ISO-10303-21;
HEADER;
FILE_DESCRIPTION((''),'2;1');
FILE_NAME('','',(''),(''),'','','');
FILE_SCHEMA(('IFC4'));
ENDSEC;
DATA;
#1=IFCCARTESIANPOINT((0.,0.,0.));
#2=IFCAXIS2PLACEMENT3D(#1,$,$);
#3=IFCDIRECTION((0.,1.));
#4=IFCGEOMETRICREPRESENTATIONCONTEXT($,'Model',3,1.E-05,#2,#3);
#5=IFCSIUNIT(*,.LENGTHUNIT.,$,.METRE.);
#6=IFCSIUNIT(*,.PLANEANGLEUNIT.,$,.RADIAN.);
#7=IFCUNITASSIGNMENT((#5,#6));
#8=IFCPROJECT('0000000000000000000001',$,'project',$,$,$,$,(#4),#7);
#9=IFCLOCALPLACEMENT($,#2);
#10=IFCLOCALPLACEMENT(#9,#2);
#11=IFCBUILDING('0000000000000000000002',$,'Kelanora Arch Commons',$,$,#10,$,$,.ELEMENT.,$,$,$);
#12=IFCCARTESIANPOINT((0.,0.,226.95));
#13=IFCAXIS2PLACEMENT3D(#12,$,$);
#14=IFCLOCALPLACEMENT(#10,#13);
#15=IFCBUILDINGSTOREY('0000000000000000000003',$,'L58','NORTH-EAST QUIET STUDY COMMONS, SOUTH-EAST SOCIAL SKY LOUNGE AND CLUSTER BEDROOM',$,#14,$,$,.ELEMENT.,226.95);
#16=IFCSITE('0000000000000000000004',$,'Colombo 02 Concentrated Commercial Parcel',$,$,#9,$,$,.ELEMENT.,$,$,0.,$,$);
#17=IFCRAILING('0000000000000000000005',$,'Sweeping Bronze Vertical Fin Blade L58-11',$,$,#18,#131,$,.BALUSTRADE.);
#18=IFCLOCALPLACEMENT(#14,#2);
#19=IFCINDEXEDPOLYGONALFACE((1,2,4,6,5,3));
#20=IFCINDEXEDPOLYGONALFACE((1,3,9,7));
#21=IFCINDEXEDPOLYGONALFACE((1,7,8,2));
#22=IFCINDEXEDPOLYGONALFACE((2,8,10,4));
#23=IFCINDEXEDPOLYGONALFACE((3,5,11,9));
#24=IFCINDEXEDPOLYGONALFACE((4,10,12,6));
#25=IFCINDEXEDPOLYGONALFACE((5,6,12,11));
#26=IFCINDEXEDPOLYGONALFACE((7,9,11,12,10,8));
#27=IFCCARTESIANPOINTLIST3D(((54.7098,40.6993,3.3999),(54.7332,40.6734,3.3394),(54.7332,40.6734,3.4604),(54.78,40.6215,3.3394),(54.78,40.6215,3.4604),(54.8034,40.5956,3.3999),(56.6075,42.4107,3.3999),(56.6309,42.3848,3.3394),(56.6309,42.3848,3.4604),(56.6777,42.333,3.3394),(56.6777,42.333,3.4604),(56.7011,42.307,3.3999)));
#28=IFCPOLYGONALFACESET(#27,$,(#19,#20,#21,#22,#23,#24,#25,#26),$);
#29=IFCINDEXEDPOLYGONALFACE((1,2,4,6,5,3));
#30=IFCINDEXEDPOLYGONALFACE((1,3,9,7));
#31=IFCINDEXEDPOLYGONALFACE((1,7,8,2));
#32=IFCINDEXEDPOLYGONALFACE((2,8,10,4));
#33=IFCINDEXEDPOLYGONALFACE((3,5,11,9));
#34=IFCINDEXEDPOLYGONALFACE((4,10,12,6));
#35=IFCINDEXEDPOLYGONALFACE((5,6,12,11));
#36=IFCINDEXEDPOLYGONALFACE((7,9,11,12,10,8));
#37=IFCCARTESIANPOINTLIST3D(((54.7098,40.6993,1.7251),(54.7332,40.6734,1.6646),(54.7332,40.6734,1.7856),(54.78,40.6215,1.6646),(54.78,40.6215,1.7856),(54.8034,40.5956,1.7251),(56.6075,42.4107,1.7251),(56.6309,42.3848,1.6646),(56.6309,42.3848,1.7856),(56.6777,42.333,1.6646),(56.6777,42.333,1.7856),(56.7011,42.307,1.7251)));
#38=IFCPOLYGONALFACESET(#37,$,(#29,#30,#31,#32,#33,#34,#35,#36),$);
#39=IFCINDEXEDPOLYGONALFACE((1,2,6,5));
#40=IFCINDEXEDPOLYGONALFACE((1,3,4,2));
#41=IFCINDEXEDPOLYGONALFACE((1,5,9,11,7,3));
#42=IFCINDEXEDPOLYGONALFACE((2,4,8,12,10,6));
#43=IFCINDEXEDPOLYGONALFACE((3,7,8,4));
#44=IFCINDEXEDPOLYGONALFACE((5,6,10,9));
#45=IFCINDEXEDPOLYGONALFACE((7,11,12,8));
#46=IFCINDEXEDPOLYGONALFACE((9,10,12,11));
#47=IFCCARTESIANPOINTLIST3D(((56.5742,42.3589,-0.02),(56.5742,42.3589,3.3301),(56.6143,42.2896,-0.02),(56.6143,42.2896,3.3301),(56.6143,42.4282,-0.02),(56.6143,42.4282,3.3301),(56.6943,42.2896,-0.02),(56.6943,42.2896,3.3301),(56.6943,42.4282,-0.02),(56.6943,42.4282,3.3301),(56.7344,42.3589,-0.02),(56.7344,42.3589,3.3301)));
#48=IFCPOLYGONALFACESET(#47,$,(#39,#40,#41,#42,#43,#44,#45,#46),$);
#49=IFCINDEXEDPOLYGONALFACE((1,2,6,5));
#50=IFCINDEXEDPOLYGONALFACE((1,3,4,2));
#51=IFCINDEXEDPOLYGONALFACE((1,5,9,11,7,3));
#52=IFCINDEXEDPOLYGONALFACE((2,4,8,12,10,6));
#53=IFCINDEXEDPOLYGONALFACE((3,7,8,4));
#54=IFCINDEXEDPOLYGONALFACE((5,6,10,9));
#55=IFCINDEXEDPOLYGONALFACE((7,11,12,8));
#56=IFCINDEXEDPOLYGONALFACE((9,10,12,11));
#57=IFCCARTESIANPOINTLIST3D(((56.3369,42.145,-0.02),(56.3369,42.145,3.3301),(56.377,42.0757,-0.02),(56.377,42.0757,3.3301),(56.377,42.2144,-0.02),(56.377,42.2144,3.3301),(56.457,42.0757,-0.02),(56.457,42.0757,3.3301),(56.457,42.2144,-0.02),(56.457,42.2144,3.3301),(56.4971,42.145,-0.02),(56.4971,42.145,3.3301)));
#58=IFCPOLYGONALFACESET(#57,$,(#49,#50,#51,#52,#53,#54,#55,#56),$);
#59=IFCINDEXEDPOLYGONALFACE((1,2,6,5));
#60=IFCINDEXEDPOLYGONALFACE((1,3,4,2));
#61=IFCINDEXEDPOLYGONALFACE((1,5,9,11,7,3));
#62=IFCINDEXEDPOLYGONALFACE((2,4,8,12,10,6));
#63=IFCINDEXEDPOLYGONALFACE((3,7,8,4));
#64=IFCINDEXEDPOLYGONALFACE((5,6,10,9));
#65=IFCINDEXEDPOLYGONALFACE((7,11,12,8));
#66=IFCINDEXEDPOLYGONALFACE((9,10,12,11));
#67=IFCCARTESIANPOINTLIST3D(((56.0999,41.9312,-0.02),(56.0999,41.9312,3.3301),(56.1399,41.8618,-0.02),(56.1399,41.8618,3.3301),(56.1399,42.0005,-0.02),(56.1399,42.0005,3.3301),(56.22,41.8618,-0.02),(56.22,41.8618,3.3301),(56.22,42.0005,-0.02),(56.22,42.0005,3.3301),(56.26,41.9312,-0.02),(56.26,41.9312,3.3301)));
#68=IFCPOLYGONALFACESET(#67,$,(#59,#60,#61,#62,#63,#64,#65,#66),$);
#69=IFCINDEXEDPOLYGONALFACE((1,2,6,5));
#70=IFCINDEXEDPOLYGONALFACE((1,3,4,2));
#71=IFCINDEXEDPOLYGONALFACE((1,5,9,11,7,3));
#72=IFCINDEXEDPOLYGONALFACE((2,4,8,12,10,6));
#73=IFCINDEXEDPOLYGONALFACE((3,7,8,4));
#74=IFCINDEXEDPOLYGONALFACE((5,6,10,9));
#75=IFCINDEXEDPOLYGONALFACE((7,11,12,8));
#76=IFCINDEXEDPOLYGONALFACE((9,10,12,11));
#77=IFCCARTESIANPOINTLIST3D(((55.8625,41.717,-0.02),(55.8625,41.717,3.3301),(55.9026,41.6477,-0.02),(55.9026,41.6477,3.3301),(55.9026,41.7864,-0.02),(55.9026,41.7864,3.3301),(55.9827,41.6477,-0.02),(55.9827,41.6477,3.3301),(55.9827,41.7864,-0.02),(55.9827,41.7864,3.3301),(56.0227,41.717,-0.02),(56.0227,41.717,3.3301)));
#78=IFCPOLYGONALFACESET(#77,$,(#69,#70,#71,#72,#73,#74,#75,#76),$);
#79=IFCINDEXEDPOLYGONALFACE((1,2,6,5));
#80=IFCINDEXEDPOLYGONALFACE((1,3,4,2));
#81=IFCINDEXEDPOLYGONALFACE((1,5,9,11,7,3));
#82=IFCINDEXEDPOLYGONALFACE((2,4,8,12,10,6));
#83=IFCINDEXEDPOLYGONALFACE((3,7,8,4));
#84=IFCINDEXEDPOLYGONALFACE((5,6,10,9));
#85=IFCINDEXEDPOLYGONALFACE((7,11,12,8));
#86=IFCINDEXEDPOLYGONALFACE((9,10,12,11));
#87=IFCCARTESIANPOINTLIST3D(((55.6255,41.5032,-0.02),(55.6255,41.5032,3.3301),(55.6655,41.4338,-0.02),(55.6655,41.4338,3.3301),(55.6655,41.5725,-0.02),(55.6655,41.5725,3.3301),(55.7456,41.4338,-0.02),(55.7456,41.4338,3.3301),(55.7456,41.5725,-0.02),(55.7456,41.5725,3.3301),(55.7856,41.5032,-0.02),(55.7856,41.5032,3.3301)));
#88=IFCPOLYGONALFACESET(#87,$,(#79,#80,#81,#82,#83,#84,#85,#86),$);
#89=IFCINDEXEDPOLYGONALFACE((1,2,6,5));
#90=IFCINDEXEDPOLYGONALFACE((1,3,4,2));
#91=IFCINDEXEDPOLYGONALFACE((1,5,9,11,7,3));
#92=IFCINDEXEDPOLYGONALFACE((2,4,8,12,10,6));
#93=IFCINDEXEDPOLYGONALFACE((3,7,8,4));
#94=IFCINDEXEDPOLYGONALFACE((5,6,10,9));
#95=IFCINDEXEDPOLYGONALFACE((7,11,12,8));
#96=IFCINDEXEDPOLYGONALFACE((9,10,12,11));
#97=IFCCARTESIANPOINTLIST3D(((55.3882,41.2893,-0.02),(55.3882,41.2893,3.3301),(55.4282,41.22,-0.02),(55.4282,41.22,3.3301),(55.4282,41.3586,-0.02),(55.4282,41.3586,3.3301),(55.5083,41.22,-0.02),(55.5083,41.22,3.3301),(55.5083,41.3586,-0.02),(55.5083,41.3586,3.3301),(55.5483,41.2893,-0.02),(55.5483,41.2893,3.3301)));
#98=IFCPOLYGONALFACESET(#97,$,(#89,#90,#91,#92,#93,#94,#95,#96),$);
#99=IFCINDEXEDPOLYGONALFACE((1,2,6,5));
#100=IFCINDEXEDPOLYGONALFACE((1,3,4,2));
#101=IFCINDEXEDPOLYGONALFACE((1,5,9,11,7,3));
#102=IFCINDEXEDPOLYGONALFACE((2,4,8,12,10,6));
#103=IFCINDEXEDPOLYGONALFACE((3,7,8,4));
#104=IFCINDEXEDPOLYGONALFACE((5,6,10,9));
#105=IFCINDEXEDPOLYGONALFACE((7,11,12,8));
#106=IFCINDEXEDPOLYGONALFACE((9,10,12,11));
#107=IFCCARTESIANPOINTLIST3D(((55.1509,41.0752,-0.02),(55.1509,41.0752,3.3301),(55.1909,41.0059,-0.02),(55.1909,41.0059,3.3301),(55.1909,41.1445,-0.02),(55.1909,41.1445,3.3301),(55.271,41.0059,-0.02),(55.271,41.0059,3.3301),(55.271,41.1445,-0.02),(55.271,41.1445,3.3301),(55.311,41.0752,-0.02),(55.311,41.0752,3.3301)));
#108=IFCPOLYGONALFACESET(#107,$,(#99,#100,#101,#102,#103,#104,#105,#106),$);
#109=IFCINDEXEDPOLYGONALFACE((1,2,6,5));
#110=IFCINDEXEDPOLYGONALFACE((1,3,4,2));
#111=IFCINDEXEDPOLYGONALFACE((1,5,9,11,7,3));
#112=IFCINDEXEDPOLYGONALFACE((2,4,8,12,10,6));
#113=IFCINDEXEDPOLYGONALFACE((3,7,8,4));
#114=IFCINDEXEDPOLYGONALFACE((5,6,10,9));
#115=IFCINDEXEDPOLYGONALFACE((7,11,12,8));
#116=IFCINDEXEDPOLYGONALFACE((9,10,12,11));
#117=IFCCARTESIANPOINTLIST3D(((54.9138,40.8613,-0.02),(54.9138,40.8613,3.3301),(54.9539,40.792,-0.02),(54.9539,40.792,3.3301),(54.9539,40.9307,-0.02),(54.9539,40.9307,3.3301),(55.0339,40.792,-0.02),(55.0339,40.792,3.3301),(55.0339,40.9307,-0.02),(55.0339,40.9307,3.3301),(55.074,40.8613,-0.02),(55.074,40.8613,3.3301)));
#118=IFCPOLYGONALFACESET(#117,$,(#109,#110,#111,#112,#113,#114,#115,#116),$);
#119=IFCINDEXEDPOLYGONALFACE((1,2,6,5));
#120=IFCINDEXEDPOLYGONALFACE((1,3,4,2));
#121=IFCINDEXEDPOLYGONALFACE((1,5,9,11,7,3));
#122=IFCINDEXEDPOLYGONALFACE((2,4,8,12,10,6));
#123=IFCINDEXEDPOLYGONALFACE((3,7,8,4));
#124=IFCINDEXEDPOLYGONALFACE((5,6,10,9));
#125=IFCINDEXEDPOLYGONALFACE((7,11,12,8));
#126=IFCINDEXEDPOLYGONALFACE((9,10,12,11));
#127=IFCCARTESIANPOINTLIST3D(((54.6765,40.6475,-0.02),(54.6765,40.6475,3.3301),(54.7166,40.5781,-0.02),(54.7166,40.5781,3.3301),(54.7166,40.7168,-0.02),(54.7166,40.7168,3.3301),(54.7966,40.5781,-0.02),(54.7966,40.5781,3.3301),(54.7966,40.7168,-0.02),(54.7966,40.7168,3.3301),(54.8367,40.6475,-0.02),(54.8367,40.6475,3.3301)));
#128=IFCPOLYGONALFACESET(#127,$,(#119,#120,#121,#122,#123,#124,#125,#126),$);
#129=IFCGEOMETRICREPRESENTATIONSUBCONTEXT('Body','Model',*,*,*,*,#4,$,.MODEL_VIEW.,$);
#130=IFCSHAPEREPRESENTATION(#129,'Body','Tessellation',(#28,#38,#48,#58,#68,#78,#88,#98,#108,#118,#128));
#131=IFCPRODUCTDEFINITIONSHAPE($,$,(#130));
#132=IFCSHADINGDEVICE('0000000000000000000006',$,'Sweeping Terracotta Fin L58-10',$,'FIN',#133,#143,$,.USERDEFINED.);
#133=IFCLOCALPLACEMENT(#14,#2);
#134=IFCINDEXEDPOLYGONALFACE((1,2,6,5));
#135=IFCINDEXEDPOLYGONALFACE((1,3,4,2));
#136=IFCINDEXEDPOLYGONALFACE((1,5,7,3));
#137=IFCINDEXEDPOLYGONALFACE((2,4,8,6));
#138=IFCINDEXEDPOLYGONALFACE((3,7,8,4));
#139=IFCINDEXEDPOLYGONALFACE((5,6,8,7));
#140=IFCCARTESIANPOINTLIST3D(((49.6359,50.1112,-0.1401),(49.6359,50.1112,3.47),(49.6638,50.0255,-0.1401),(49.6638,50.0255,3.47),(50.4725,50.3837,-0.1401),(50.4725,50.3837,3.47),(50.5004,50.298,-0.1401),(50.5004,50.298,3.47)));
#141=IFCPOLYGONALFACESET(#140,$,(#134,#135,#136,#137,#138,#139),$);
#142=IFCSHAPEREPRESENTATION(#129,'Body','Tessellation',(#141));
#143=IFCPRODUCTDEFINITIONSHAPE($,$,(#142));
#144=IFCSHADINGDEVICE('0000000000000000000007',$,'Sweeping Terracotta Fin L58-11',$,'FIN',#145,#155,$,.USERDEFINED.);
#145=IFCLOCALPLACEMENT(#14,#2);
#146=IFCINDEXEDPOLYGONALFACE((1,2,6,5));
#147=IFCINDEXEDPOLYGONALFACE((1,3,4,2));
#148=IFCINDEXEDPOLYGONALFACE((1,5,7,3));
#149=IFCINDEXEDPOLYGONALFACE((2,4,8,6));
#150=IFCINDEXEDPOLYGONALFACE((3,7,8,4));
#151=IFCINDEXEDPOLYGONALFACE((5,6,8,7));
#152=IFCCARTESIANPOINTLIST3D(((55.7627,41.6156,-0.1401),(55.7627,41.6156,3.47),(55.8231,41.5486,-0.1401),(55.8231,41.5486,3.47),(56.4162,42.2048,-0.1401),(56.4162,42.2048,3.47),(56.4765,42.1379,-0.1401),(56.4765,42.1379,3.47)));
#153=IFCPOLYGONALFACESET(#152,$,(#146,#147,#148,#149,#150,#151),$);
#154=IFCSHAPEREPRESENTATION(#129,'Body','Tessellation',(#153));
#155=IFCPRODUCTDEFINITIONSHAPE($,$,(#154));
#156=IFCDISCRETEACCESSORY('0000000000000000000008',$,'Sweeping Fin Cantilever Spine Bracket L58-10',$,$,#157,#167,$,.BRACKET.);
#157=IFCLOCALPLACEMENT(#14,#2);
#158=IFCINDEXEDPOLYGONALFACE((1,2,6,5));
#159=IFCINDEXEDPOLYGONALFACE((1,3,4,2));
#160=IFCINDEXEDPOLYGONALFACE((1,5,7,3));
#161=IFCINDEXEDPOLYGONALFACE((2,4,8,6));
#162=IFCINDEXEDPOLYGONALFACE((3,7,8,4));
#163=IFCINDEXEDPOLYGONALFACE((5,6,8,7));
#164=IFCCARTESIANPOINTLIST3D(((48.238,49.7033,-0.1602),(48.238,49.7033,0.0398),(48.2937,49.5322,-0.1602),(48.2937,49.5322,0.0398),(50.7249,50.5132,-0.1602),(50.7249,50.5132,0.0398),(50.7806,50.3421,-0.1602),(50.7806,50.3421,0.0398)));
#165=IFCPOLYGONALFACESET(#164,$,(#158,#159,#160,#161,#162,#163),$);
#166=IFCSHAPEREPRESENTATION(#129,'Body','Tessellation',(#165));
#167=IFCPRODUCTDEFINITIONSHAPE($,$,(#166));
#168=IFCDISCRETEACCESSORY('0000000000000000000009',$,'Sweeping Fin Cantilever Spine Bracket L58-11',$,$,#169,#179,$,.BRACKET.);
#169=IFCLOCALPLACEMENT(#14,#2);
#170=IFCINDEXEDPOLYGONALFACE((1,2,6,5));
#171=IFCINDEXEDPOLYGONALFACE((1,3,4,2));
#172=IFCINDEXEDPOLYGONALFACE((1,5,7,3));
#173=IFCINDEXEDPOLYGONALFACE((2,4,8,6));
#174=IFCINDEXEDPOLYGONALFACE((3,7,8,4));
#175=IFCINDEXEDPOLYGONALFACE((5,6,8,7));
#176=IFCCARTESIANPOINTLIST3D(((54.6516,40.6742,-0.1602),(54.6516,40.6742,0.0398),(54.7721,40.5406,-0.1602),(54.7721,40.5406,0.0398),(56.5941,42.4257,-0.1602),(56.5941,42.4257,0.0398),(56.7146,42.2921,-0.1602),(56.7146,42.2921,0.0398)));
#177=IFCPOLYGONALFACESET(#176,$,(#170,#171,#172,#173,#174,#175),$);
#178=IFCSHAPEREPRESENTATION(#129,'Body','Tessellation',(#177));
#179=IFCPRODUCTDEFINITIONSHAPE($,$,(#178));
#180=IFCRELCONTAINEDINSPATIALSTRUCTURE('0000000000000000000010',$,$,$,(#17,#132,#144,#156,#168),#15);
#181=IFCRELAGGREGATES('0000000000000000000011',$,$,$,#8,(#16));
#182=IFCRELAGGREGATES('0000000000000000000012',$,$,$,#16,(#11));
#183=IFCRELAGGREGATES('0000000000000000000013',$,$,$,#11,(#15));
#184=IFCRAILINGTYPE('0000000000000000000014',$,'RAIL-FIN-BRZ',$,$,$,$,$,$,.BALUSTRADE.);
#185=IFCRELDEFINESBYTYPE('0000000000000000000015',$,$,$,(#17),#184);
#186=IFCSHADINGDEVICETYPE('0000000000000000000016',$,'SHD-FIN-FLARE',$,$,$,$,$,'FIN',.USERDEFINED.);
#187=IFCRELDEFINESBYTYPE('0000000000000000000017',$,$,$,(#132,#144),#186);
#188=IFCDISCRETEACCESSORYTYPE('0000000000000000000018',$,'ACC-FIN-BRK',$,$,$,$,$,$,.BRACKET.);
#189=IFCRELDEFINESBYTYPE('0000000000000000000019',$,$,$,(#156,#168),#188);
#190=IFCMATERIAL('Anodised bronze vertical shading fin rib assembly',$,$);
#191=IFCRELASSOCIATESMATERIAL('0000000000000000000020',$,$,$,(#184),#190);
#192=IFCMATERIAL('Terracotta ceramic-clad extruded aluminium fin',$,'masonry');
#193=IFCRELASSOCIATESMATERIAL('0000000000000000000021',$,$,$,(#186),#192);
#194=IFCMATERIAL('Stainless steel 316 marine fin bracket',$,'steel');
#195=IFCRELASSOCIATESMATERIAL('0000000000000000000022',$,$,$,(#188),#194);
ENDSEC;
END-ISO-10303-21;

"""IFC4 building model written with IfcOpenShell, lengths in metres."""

from ifc_helpers import new_model, si_unit, direction, frame, origin, origin_2d, place, context, subcontext, project, spatial, polyline, rectangle, outline, extrude, source, transform, mapped, material, type_object, element, save


model = new_model("IFC4")

# Units and contexts
model_context = context("Model", 3, precision=1e-05, world=origin(), true_north=direction((0.0, 1.0)))
body_context = subcontext(model_context, "Body", "Model", "MODEL_VIEW")
ifc_project = project(units=[si_unit("LENGTHUNIT", "METRE"), si_unit("PLANEANGLEUNIT", "RADIAN")], contexts=[model_context])

# Site, building, storey
site_placement = place(None, origin())
site = spatial("IfcSite", under=ifc_project, at=site_placement, Name="Colombo 02 Concentrated Commercial Parcel", CompositionType="ELEMENT", RefElevation=0.0)
building_placement = place(site_placement, origin())
building = spatial("IfcBuilding", under=site, at=building_placement, Name="Kelanora Arch Commons", CompositionType="ELEMENT")
storey_placement = place(building_placement, frame((0.0, 0.0, 226.95)))
storey = spatial("IfcBuildingStorey", under=building, at=storey_placement, Name="L58", Description="NORTH-EAST QUIET STUDY COMMONS, SOUTH-EAST SOCIAL SKY LOUNGE AND CLUSTER BEDROOM", CompositionType="ELEMENT", Elevation=226.95)

# Railing
ifc_material_1 = material(Name="Anodised bronze vertical shading fin rib assembly")
railing_type = type_object("IfcRailingType", Name="RAIL-FIN-BRZ", PredefinedType="BALUSTRADE", material=ifc_material_1)
railing_1_placement = place(storey_placement, frame((56.6543, 42.3589, -0.02)))
element("IfcRailing", 1, at=railing_1_placement, inside=storey, type_object=railing_type, Name="Sweeping Bronze Vertical Fin Blade L58-11", PredefinedType="BALUSTRADE", context=body_context, shape_type="SweptSolid", body=[
    extrude(outline(polyline([(0.0698, 0.0), (0.0349, 0.0605), (-0.0349, 0.0605), (-0.0698, 0.0), (-0.0349, -0.0605), (0.0349, -0.0605), (0.0698, 0.0)])), frame((0.0, 0.0, 3.4199), z_axis=(-0.742614, -0.669719, 0.0), x_axis=(0.669719, -0.742614, 0.0)), (0.0, 0.0, 1.0), 2.5554),
    extrude(outline(polyline([(0.0698, 0.0), (0.0349, 0.0605), (-0.0349, 0.0605), (-0.0698, 0.0), (-0.0349, -0.0605), (0.0349, -0.0605), (0.0698, 0.0)])), frame((0.0, 0.0, 1.7451), z_axis=(-0.742614, -0.669719, 0.0), x_axis=(0.669719, -0.742614, 0.0)), (0.0, 0.0, 1.0), 2.5554),
    extrude(outline(polyline([(0.0801, 0.0), (0.04, 0.0693), (-0.04, 0.0693), (-0.0801, 0.0), (-0.04, -0.0693), (0.04, -0.0693), (0.0801, 0.0)])), origin(), (0.0, 0.0, 1.0), 3.3501),
    extrude(outline(polyline([(0.0801, 0.0), (0.04, 0.0693), (-0.04, 0.0693), (-0.0801, 0.0), (-0.04, -0.0693), (0.04, -0.0693), (0.0801, 0.0)])), frame((-0.2373, -0.2139, 0.0)), (0.0, 0.0, 1.0), 3.3501),
    extrude(outline(polyline([(0.0801, 0.0), (0.04, 0.0693), (-0.04, 0.0693), (-0.0801, 0.0), (-0.04, -0.0693), (0.04, -0.0693), (0.0801, 0.0)])), frame((-0.4744, -0.4277, 0.0)), (0.0, 0.0, 1.0), 3.3501),
    extrude(outline(polyline([(0.0801, 0.0), (0.04, 0.0693), (-0.04, 0.0693), (-0.0801, 0.0), (-0.04, -0.0693), (0.04, -0.0693), (0.0801, 0.0)])), frame((-0.7117, -0.6418, 0.0)), (0.0, 0.0, 1.0), 3.3501),
    extrude(outline(polyline([(0.0801, 0.0), (0.04, 0.0693), (-0.04, 0.0693), (-0.0801, 0.0), (-0.04, -0.0693), (0.04, -0.0693), (0.0801, 0.0)])), frame((-0.9487, -0.8557, 0.0)), (0.0, 0.0, 1.0), 3.3501),
    extrude(outline(polyline([(0.0801, 0.0), (0.04, 0.0693), (-0.04, 0.0693), (-0.0801, 0.0), (-0.04, -0.0693), (0.04, -0.0693), (0.0801, 0.0)])), frame((-1.186, -1.0696, 0.0)), (0.0, 0.0, 1.0), 3.3501),
    extrude(outline(polyline([(0.0801, 0.0), (0.04, 0.0693), (-0.04, 0.0693), (-0.0801, 0.0), (-0.04, -0.0693), (0.04, -0.0693), (0.0801, 0.0)])), frame((-1.4233, -1.2837, 0.0)), (0.0, 0.0, 1.0), 3.3501),
    extrude(outline(polyline([(0.0801, 0.0), (0.04, 0.0693), (-0.04, 0.0693), (-0.0801, 0.0), (-0.04, -0.0693), (0.04, -0.0693), (0.0801, 0.0)])), frame((-1.6604, -1.4976, 0.0)), (0.0, 0.0, 1.0), 3.3501),
    extrude(outline(polyline([(0.0801, 0.0), (0.04, 0.0693), (-0.04, 0.0693), (-0.0801, 0.0), (-0.04, -0.0693), (0.04, -0.0693), (0.0801, 0.0)])), frame((-1.8977, -1.7114, 0.0)), (0.0, 0.0, 1.0), 3.3501),
])

# Shading devices
ifc_material_2 = material(Name="Terracotta ceramic-clad extruded aluminium fin", Category="masonry")
shading_device_type = type_object("IfcShadingDeviceType", Name="SHD-FIN-FLARE", ElementType="FIN", PredefinedType="USERDEFINED", material=ifc_material_2)
shared_shape_1 = source(origin(), body_context, "Body", "SweptSolid", [
    extrude(rectangle(XDim=0.8799, YDim=0.0901, at=origin_2d()), origin(), (0.0, 0.0, 1.0), 3.6101),
])
for number, where, z_axis, x_axis, name in (
    (2, (50.0681, 50.2046, -0.1401), (0.0, 0.0, 1.0), (-0.950841, -0.309681, 0.0), "Sweeping Terracotta Fin L58-10"),
    (3, (56.1196, 41.8767, -0.1401), (0.0, 0.0, 1.0), (-0.742678, -0.669649, 0.0), "Sweeping Terracotta Fin L58-11"),
):
    element("IfcShadingDevice", number, at=place(storey_placement, frame(where, z_axis=z_axis, x_axis=x_axis)), inside=storey, type_object=shading_device_type, Name=name, ObjectType="FIN", PredefinedType="USERDEFINED", context=body_context, shape_type="MappedRepresentation", body=[
        mapped(shared_shape_1, transform((0.0, 0.0, 0.0), scale=1.0)),
    ])

# Discrete accessories
ifc_material_3 = material(Name="Stainless steel 316 marine fin bracket", Category="steel")
discrete_accessory_type = type_object("IfcDiscreteAccessoryType", Name="ACC-FIN-BRK", PredefinedType="BRACKET", material=ifc_material_3)
shared_shape_2 = source(origin(), body_context, "Body", "SweptSolid", [
    extrude(rectangle(XDim=2.6155, YDim=0.1799, at=origin_2d()), origin(), (0.0, 0.0, 1.0), 0.2),
])
for number, where, z_axis, x_axis, name in (
    (4, (49.5093, 50.0227, -0.1602), (0.0, 0.0, 1.0), (-0.950841, -0.309681, 0.0), "Sweeping Fin Cantilever Spine Bracket L58-10"),
    (5, (55.6831, 41.4832, -0.1602), (0.0, 0.0, 1.0), (-0.742678, -0.669649, 0.0), "Sweeping Fin Cantilever Spine Bracket L58-11"),
):
    element("IfcDiscreteAccessory", number, at=place(storey_placement, frame(where, z_axis=z_axis, x_axis=x_axis)), inside=storey, type_object=discrete_accessory_type, Name=name, PredefinedType="BRACKET", context=body_context, shape_type="MappedRepresentation", body=[
        mapped(shared_shape_2, transform((0.0, 0.0, 0.0), scale=1.0)),
    ])

save(model, "model.ifc")
